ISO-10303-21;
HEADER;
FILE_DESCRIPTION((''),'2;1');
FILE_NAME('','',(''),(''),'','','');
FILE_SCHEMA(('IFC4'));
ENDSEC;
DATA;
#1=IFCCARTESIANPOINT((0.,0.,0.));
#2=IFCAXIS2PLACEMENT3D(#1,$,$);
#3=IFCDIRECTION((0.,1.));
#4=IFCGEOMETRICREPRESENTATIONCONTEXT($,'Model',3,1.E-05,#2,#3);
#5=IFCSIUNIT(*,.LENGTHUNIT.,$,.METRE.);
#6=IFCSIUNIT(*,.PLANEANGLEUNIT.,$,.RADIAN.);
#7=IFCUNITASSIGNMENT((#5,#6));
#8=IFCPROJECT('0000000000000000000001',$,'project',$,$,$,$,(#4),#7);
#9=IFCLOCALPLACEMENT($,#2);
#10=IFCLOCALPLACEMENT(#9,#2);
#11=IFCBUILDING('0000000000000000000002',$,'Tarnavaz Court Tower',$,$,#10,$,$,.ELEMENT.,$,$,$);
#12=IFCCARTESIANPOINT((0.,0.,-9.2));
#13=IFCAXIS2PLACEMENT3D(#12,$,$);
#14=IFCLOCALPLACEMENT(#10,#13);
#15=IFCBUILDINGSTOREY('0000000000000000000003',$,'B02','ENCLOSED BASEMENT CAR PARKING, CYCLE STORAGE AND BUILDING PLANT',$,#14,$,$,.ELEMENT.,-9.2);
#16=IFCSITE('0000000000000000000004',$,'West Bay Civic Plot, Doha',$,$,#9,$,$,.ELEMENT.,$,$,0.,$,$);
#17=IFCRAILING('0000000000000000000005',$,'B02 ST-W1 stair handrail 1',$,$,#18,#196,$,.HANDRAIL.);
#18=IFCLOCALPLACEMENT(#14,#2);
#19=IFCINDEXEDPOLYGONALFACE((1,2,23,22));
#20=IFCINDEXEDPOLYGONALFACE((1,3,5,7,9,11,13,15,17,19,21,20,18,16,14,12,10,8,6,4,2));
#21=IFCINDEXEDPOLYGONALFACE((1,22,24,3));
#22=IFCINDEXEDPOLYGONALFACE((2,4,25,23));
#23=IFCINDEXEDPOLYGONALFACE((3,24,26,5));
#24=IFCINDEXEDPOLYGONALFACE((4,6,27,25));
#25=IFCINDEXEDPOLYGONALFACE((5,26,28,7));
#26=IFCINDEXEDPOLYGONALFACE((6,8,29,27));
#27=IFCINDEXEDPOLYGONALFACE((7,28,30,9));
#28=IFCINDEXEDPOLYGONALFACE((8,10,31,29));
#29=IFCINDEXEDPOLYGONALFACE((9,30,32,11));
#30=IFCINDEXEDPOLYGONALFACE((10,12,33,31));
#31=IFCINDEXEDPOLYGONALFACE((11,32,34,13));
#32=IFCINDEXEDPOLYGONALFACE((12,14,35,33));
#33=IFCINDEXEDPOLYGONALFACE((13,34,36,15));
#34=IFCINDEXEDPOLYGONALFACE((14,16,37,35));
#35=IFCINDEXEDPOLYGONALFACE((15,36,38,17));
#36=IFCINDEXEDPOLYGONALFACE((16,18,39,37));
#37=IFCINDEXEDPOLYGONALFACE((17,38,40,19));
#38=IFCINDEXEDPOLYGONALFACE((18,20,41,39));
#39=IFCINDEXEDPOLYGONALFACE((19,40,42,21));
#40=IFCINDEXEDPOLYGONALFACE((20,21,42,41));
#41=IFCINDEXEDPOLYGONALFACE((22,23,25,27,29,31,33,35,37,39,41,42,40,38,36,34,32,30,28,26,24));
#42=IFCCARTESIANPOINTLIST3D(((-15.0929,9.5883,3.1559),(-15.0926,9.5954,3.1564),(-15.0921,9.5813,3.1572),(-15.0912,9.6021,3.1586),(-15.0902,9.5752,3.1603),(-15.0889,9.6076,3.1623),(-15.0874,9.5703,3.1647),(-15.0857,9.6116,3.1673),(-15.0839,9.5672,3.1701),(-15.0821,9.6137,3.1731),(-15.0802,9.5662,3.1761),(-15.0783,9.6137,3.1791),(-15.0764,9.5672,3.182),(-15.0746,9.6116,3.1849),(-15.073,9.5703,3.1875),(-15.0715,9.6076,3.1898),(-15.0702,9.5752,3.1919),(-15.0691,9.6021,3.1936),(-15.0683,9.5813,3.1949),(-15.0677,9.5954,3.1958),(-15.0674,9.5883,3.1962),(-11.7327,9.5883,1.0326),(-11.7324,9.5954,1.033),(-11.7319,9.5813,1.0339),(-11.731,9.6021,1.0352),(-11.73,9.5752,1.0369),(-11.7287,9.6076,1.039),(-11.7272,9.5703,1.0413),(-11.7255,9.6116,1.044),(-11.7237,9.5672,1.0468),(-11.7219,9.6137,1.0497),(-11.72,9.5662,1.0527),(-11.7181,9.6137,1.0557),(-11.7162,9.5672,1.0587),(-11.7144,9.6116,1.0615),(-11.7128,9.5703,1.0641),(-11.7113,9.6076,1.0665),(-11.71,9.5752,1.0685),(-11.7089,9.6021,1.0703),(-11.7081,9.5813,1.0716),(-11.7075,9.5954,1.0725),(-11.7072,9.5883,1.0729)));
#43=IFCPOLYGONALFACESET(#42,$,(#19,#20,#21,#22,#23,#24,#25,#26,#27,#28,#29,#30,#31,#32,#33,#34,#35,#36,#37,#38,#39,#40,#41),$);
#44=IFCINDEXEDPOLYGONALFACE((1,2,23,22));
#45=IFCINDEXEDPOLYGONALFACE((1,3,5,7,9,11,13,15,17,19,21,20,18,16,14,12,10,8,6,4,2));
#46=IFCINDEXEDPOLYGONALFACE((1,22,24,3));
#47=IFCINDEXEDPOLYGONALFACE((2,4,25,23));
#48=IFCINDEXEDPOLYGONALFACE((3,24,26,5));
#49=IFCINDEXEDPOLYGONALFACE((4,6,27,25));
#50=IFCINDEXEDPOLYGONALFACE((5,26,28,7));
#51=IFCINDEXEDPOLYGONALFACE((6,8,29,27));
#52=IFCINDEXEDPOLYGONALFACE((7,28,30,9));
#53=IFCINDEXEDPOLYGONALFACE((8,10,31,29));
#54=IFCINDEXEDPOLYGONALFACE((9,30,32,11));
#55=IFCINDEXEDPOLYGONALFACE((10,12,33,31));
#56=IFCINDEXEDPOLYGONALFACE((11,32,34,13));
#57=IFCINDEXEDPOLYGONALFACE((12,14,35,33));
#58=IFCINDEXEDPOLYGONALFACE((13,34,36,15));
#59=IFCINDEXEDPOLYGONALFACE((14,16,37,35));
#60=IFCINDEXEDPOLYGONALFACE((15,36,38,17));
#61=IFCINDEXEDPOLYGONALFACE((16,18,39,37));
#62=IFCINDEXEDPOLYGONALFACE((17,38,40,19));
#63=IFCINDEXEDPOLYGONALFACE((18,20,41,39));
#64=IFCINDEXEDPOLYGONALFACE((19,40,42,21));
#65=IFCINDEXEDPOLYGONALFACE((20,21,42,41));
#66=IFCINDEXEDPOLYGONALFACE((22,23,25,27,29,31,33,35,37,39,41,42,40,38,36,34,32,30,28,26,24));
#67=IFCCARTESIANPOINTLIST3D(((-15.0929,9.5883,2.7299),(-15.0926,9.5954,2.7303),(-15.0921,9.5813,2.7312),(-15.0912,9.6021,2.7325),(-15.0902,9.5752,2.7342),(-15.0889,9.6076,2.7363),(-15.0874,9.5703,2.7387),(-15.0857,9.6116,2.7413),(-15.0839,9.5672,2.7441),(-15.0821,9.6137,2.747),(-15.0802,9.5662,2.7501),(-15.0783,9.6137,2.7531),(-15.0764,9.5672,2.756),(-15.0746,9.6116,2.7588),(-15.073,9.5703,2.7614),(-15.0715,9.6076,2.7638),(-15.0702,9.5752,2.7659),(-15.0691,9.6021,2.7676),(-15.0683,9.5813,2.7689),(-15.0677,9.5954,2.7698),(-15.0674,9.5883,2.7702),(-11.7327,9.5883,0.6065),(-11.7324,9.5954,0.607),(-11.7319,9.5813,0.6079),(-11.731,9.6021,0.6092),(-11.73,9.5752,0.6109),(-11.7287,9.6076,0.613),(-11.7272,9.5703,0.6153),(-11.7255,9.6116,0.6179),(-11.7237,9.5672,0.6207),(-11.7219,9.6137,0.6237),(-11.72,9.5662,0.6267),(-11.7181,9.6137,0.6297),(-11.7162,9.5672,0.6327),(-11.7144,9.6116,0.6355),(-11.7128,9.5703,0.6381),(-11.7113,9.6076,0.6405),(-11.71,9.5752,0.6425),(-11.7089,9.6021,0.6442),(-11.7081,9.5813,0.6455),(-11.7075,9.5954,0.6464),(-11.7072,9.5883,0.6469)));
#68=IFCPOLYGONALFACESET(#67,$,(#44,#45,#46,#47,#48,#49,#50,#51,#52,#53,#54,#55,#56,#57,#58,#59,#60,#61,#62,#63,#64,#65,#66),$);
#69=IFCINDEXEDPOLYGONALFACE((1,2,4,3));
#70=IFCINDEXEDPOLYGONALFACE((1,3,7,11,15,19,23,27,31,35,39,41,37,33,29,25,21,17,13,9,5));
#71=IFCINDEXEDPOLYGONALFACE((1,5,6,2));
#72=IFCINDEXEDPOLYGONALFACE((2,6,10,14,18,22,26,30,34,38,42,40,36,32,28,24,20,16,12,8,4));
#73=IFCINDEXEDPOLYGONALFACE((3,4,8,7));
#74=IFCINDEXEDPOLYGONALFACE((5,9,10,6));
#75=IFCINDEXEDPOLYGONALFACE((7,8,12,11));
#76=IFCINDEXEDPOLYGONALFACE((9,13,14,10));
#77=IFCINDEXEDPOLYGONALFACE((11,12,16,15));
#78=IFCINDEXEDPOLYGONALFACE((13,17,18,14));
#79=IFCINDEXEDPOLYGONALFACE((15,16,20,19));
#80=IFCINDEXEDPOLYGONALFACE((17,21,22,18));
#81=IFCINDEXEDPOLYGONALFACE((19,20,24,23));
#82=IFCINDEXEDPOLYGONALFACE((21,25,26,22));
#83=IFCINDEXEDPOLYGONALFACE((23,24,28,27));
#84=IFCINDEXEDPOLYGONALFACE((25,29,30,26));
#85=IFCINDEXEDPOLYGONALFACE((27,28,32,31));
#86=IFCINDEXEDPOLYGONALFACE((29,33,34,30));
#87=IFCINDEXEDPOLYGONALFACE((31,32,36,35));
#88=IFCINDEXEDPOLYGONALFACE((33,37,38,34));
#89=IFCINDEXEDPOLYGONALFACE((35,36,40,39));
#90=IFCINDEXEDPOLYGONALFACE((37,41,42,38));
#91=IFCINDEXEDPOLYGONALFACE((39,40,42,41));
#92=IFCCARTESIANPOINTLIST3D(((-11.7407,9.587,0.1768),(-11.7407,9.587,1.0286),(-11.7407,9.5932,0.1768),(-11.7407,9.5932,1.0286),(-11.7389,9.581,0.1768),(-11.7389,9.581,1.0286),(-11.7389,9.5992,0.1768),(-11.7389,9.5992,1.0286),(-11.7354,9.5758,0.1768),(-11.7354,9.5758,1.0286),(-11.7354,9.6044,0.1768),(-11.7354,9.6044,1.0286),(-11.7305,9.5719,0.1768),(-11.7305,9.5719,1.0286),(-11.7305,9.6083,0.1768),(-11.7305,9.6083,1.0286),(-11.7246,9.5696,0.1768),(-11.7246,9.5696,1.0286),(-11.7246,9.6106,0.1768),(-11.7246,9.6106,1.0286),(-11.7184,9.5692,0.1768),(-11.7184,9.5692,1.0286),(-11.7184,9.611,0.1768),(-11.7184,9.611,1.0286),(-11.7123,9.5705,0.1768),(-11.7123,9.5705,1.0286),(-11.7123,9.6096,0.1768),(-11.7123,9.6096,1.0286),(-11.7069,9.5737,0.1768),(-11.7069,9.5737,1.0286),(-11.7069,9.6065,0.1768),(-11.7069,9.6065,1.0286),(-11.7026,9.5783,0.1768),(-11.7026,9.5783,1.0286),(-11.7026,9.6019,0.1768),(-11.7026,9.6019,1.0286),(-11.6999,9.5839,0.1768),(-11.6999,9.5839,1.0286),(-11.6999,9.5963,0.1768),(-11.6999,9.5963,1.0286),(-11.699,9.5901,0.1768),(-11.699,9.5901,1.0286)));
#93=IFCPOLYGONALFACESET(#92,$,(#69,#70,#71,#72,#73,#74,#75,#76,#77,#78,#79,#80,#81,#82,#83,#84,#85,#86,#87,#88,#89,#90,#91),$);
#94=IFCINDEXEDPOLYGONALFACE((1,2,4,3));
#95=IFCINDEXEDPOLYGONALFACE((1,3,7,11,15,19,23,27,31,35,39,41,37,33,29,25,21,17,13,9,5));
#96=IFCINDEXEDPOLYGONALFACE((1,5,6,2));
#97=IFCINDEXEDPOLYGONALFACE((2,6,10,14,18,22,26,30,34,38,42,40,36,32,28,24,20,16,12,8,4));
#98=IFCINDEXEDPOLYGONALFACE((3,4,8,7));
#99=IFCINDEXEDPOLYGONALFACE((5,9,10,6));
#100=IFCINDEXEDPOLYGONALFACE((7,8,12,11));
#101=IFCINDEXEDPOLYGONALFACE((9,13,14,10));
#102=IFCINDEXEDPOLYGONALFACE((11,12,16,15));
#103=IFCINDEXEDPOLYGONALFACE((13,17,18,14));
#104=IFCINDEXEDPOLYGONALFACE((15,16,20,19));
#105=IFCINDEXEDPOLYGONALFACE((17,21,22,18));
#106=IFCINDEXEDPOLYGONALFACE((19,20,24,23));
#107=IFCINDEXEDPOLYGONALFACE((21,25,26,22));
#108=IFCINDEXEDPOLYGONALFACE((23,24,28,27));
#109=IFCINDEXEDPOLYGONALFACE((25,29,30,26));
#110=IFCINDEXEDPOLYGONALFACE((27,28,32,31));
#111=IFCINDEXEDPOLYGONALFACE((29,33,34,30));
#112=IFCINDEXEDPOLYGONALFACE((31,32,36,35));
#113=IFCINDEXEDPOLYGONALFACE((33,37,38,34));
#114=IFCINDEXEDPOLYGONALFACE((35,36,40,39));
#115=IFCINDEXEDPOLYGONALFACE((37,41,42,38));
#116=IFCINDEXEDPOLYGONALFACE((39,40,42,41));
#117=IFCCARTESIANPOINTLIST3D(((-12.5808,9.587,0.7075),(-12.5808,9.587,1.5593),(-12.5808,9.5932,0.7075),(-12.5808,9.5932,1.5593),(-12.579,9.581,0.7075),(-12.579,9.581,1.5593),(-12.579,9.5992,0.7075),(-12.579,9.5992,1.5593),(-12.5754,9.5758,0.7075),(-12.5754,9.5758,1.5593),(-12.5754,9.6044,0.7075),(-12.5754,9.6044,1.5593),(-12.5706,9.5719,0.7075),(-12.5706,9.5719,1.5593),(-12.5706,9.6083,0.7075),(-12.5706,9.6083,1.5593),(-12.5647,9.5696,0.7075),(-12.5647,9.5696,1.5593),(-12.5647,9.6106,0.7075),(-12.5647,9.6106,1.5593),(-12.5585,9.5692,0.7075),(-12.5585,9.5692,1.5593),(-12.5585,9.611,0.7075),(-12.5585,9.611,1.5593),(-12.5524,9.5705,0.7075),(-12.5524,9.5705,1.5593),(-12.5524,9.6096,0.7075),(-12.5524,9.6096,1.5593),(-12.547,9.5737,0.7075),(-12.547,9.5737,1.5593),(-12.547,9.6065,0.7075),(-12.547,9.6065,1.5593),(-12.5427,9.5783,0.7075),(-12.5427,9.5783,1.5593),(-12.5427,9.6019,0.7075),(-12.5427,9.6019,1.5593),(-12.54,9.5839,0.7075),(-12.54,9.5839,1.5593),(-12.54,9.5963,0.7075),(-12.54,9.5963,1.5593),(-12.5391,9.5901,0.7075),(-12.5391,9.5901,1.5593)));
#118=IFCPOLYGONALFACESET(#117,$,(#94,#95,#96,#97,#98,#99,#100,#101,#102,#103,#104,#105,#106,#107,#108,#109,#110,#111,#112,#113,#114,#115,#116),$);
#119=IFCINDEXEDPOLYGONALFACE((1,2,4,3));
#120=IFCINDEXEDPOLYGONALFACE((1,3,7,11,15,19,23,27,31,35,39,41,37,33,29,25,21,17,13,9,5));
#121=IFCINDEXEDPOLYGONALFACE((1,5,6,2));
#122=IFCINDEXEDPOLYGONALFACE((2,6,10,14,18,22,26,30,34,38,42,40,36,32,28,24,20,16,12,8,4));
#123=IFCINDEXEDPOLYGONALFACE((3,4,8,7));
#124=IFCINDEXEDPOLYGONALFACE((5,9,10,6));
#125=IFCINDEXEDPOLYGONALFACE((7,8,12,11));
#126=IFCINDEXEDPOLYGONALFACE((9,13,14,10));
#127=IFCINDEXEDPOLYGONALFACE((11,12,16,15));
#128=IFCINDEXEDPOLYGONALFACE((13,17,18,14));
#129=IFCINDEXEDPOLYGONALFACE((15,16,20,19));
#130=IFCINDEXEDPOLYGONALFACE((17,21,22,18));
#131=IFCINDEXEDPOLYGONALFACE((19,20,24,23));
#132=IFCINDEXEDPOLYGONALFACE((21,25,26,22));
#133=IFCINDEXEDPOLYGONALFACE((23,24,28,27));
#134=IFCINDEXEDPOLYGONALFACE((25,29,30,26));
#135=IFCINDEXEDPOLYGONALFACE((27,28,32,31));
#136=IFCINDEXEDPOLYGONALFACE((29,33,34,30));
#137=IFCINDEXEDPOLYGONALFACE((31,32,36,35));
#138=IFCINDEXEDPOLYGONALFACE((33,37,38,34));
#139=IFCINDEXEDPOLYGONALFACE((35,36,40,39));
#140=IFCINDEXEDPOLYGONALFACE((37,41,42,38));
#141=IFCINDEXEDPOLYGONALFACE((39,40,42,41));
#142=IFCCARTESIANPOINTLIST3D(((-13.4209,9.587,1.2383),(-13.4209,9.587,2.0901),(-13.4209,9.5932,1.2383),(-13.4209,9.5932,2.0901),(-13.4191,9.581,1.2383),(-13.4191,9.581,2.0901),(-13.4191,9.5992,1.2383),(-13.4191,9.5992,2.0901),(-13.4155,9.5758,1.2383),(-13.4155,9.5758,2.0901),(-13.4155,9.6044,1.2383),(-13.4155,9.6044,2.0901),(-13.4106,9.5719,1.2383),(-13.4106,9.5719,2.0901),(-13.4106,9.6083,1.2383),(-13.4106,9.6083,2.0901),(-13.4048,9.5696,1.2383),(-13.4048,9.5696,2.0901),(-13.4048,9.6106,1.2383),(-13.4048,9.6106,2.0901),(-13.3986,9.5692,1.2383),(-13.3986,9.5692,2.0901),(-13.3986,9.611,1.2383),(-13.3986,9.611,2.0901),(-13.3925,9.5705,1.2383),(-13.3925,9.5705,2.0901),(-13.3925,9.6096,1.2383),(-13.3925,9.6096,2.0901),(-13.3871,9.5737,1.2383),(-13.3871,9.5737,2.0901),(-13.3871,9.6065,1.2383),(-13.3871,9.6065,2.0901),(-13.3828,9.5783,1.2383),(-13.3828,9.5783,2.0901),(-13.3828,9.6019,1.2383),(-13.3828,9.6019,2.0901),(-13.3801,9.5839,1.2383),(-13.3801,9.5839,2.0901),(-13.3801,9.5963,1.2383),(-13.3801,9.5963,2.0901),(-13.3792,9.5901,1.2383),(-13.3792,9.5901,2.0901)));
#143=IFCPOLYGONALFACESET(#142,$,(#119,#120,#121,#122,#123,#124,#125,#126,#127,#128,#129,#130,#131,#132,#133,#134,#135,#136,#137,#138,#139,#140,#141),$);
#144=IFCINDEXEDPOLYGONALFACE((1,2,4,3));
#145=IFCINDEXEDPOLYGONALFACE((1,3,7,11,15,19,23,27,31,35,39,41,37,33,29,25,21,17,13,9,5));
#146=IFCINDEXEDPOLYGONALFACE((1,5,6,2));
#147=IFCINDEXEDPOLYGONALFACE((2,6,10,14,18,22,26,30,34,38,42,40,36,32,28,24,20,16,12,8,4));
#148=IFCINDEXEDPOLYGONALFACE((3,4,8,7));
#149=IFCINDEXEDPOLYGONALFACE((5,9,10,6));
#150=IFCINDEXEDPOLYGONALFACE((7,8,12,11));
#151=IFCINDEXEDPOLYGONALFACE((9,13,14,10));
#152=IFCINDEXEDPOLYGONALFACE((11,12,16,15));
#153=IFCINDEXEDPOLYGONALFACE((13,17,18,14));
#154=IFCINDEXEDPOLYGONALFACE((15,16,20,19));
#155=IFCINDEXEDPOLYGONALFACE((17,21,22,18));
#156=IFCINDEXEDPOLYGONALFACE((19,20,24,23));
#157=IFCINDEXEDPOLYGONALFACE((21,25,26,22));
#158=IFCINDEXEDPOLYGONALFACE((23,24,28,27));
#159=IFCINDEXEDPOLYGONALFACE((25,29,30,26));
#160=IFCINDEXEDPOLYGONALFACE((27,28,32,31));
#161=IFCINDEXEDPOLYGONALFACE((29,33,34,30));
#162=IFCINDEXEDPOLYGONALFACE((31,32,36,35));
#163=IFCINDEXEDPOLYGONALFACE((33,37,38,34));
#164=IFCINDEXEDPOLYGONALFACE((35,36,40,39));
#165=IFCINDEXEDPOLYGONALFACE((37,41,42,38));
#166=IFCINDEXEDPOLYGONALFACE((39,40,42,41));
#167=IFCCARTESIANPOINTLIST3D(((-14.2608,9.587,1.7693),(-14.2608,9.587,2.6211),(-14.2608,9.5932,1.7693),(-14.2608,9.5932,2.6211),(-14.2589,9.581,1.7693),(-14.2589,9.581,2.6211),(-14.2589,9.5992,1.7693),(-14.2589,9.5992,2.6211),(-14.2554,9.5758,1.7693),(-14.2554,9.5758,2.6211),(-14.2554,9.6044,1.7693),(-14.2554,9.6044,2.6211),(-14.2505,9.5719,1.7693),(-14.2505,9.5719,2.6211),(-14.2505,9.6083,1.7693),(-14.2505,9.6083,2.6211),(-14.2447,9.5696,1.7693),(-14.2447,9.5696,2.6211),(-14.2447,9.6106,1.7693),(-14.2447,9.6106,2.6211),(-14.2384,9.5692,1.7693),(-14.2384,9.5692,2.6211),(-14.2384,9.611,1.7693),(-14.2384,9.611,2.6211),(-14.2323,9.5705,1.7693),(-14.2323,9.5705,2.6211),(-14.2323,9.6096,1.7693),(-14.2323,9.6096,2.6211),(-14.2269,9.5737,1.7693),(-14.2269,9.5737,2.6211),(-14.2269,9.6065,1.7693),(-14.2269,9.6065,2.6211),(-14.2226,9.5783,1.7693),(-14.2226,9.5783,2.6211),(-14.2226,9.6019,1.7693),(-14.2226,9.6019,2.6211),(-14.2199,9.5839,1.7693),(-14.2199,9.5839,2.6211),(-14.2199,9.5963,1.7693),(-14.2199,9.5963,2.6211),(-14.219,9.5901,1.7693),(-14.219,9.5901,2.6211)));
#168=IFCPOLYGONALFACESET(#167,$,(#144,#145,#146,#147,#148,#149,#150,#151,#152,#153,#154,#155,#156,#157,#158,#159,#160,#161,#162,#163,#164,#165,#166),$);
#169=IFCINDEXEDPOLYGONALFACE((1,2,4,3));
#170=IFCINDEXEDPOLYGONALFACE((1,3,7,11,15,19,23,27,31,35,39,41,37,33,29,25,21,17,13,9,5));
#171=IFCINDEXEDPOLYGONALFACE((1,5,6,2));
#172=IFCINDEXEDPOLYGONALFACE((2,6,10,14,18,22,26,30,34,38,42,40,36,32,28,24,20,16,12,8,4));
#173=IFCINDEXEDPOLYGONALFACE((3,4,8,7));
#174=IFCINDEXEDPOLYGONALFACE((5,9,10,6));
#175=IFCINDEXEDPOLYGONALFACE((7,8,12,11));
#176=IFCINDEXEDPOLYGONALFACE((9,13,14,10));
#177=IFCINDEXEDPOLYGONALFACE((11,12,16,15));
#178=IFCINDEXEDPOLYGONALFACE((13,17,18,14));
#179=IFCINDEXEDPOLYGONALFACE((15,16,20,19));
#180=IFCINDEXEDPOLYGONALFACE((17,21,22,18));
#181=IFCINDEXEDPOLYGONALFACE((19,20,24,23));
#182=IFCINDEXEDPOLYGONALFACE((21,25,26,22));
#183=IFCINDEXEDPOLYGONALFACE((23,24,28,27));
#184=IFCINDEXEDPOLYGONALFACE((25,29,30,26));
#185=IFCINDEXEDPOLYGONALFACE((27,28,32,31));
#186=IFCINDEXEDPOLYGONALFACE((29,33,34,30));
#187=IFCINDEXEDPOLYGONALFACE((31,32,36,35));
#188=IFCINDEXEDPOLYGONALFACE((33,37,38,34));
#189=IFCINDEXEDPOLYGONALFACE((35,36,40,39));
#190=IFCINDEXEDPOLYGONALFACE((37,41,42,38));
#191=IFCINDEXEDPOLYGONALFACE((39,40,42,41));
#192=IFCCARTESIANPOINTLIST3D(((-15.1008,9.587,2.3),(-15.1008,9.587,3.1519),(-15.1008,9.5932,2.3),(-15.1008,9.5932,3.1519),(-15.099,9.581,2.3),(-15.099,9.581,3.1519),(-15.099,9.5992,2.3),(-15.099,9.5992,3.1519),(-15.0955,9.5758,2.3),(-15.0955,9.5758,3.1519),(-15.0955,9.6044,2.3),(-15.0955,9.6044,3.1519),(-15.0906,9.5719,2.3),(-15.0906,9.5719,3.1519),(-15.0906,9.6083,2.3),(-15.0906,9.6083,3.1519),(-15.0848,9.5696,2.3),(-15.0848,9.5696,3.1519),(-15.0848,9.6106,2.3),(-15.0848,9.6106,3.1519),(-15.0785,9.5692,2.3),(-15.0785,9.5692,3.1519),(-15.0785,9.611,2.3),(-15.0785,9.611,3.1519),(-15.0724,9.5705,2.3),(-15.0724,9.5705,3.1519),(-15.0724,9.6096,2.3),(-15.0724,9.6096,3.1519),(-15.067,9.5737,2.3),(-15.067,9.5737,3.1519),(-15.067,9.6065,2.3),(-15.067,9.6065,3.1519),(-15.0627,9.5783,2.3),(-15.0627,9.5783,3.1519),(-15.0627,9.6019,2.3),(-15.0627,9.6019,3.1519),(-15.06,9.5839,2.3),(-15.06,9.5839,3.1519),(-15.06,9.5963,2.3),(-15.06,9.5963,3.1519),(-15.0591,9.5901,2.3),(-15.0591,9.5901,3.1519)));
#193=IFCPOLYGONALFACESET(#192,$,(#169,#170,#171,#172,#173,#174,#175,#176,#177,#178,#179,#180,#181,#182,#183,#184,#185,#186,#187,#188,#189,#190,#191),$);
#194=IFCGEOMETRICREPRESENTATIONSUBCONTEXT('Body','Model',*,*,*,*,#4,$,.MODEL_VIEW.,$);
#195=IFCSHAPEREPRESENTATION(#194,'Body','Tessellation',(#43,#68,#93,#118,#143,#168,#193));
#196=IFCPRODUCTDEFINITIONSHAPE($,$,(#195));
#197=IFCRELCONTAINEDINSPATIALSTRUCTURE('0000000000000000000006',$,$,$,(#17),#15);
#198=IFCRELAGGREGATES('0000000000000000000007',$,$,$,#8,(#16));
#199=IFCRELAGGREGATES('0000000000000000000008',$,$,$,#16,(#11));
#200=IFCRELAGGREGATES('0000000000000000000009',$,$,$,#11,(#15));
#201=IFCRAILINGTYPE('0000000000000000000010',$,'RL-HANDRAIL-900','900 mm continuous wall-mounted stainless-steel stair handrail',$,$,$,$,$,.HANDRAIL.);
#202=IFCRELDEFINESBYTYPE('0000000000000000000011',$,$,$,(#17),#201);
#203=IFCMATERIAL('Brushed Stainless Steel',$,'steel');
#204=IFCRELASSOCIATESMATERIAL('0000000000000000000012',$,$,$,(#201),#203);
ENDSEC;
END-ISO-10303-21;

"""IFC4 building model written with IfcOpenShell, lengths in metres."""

from ifc_helpers import new_model, si_unit, direction, frame, origin, origin_2d, place, context, subcontext, project, spatial, circle, extrude, material, type_object, element, save


model = new_model("IFC4")

# Units and contexts
model_context = context("Model", 3, precision=1e-05, world=origin(), true_north=direction((0.0, 1.0)))
body_context = subcontext(model_context, "Body", "Model", "MODEL_VIEW")
ifc_project = project(units=[si_unit("LENGTHUNIT", "METRE"), si_unit("PLANEANGLEUNIT", "RADIAN")], contexts=[model_context])

# Site, building, storey
site_placement = place(None, origin())
site = spatial("IfcSite", under=ifc_project, at=site_placement, Name="West Bay Civic Plot, Doha", CompositionType="ELEMENT", RefElevation=0.0)
building_placement = place(site_placement, origin())
building = spatial("IfcBuilding", under=site, at=building_placement, Name="Tarnavaz Court Tower", CompositionType="ELEMENT")
storey_placement = place(building_placement, frame((0.0, 0.0, -9.2)))
storey = spatial("IfcBuildingStorey", under=building, at=storey_placement, Name="B02", Description="ENCLOSED BASEMENT CAR PARKING, CYCLE STORAGE AND BUILDING PLANT", CompositionType="ELEMENT", Elevation=-9.2)

# Railing
ifc_material_1 = material(Name="Brushed Stainless Steel", Category="steel")
railing_type_1 = type_object("IfcRailingType", Name="RL-HANDRAIL-900", Description="900 mm continuous wall-mounted stainless-steel stair handrail", PredefinedType="HANDRAIL", material=ifc_material_1)
railing_1_placement = place(storey_placement, frame((-11.72, 9.5901, 0.1768)))
element("IfcRailing", 1, at=railing_1_placement, inside=storey, type_object=railing_type_1, Name="B02 ST-W1 stair handrail 1", PredefinedType="HANDRAIL", context=body_context, shape_type="SweptSolid", body=[
    extrude(circle(Radius=0.0239, at=origin_2d()), frame((0.0, 0.0, 0.876), z_axis=(-0.845362, 0.0, 0.534194), x_axis=(0.0, -1.0, 0.0)), (0.0, 0.0, 1.0), 3.9749),
    extrude(circle(Radius=0.0239, at=origin_2d()), frame((0.0, 0.0, 0.45), z_axis=(-0.845362, 0.0, 0.534194), x_axis=(0.0, -1.0, 0.0)), (0.0, 0.0, 1.0), 3.9749),
    extrude(circle(Radius=0.021, at=origin_2d()), origin(), (0.0, 0.0, 1.0), 0.8518),
    extrude(circle(Radius=0.021, at=origin_2d()), frame((-0.8401, 0.0, 0.5308)), (0.0, 0.0, 1.0), 0.8518),
    extrude(circle(Radius=0.021, at=origin_2d()), frame((-1.6802, 0.0, 1.0615)), (0.0, 0.0, 1.0), 0.8518),
    extrude(circle(Radius=0.021, at=origin_2d()), frame((-2.52, 0.0, 1.5925)), (0.0, 0.0, 1.0), 0.8518),
    extrude(circle(Radius=0.021, at=origin_2d()), frame((-3.3601, 0.0, 2.1233)), (0.0, 0.0, 1.0), 0.8518),
])

save(model, "model.ifc")
